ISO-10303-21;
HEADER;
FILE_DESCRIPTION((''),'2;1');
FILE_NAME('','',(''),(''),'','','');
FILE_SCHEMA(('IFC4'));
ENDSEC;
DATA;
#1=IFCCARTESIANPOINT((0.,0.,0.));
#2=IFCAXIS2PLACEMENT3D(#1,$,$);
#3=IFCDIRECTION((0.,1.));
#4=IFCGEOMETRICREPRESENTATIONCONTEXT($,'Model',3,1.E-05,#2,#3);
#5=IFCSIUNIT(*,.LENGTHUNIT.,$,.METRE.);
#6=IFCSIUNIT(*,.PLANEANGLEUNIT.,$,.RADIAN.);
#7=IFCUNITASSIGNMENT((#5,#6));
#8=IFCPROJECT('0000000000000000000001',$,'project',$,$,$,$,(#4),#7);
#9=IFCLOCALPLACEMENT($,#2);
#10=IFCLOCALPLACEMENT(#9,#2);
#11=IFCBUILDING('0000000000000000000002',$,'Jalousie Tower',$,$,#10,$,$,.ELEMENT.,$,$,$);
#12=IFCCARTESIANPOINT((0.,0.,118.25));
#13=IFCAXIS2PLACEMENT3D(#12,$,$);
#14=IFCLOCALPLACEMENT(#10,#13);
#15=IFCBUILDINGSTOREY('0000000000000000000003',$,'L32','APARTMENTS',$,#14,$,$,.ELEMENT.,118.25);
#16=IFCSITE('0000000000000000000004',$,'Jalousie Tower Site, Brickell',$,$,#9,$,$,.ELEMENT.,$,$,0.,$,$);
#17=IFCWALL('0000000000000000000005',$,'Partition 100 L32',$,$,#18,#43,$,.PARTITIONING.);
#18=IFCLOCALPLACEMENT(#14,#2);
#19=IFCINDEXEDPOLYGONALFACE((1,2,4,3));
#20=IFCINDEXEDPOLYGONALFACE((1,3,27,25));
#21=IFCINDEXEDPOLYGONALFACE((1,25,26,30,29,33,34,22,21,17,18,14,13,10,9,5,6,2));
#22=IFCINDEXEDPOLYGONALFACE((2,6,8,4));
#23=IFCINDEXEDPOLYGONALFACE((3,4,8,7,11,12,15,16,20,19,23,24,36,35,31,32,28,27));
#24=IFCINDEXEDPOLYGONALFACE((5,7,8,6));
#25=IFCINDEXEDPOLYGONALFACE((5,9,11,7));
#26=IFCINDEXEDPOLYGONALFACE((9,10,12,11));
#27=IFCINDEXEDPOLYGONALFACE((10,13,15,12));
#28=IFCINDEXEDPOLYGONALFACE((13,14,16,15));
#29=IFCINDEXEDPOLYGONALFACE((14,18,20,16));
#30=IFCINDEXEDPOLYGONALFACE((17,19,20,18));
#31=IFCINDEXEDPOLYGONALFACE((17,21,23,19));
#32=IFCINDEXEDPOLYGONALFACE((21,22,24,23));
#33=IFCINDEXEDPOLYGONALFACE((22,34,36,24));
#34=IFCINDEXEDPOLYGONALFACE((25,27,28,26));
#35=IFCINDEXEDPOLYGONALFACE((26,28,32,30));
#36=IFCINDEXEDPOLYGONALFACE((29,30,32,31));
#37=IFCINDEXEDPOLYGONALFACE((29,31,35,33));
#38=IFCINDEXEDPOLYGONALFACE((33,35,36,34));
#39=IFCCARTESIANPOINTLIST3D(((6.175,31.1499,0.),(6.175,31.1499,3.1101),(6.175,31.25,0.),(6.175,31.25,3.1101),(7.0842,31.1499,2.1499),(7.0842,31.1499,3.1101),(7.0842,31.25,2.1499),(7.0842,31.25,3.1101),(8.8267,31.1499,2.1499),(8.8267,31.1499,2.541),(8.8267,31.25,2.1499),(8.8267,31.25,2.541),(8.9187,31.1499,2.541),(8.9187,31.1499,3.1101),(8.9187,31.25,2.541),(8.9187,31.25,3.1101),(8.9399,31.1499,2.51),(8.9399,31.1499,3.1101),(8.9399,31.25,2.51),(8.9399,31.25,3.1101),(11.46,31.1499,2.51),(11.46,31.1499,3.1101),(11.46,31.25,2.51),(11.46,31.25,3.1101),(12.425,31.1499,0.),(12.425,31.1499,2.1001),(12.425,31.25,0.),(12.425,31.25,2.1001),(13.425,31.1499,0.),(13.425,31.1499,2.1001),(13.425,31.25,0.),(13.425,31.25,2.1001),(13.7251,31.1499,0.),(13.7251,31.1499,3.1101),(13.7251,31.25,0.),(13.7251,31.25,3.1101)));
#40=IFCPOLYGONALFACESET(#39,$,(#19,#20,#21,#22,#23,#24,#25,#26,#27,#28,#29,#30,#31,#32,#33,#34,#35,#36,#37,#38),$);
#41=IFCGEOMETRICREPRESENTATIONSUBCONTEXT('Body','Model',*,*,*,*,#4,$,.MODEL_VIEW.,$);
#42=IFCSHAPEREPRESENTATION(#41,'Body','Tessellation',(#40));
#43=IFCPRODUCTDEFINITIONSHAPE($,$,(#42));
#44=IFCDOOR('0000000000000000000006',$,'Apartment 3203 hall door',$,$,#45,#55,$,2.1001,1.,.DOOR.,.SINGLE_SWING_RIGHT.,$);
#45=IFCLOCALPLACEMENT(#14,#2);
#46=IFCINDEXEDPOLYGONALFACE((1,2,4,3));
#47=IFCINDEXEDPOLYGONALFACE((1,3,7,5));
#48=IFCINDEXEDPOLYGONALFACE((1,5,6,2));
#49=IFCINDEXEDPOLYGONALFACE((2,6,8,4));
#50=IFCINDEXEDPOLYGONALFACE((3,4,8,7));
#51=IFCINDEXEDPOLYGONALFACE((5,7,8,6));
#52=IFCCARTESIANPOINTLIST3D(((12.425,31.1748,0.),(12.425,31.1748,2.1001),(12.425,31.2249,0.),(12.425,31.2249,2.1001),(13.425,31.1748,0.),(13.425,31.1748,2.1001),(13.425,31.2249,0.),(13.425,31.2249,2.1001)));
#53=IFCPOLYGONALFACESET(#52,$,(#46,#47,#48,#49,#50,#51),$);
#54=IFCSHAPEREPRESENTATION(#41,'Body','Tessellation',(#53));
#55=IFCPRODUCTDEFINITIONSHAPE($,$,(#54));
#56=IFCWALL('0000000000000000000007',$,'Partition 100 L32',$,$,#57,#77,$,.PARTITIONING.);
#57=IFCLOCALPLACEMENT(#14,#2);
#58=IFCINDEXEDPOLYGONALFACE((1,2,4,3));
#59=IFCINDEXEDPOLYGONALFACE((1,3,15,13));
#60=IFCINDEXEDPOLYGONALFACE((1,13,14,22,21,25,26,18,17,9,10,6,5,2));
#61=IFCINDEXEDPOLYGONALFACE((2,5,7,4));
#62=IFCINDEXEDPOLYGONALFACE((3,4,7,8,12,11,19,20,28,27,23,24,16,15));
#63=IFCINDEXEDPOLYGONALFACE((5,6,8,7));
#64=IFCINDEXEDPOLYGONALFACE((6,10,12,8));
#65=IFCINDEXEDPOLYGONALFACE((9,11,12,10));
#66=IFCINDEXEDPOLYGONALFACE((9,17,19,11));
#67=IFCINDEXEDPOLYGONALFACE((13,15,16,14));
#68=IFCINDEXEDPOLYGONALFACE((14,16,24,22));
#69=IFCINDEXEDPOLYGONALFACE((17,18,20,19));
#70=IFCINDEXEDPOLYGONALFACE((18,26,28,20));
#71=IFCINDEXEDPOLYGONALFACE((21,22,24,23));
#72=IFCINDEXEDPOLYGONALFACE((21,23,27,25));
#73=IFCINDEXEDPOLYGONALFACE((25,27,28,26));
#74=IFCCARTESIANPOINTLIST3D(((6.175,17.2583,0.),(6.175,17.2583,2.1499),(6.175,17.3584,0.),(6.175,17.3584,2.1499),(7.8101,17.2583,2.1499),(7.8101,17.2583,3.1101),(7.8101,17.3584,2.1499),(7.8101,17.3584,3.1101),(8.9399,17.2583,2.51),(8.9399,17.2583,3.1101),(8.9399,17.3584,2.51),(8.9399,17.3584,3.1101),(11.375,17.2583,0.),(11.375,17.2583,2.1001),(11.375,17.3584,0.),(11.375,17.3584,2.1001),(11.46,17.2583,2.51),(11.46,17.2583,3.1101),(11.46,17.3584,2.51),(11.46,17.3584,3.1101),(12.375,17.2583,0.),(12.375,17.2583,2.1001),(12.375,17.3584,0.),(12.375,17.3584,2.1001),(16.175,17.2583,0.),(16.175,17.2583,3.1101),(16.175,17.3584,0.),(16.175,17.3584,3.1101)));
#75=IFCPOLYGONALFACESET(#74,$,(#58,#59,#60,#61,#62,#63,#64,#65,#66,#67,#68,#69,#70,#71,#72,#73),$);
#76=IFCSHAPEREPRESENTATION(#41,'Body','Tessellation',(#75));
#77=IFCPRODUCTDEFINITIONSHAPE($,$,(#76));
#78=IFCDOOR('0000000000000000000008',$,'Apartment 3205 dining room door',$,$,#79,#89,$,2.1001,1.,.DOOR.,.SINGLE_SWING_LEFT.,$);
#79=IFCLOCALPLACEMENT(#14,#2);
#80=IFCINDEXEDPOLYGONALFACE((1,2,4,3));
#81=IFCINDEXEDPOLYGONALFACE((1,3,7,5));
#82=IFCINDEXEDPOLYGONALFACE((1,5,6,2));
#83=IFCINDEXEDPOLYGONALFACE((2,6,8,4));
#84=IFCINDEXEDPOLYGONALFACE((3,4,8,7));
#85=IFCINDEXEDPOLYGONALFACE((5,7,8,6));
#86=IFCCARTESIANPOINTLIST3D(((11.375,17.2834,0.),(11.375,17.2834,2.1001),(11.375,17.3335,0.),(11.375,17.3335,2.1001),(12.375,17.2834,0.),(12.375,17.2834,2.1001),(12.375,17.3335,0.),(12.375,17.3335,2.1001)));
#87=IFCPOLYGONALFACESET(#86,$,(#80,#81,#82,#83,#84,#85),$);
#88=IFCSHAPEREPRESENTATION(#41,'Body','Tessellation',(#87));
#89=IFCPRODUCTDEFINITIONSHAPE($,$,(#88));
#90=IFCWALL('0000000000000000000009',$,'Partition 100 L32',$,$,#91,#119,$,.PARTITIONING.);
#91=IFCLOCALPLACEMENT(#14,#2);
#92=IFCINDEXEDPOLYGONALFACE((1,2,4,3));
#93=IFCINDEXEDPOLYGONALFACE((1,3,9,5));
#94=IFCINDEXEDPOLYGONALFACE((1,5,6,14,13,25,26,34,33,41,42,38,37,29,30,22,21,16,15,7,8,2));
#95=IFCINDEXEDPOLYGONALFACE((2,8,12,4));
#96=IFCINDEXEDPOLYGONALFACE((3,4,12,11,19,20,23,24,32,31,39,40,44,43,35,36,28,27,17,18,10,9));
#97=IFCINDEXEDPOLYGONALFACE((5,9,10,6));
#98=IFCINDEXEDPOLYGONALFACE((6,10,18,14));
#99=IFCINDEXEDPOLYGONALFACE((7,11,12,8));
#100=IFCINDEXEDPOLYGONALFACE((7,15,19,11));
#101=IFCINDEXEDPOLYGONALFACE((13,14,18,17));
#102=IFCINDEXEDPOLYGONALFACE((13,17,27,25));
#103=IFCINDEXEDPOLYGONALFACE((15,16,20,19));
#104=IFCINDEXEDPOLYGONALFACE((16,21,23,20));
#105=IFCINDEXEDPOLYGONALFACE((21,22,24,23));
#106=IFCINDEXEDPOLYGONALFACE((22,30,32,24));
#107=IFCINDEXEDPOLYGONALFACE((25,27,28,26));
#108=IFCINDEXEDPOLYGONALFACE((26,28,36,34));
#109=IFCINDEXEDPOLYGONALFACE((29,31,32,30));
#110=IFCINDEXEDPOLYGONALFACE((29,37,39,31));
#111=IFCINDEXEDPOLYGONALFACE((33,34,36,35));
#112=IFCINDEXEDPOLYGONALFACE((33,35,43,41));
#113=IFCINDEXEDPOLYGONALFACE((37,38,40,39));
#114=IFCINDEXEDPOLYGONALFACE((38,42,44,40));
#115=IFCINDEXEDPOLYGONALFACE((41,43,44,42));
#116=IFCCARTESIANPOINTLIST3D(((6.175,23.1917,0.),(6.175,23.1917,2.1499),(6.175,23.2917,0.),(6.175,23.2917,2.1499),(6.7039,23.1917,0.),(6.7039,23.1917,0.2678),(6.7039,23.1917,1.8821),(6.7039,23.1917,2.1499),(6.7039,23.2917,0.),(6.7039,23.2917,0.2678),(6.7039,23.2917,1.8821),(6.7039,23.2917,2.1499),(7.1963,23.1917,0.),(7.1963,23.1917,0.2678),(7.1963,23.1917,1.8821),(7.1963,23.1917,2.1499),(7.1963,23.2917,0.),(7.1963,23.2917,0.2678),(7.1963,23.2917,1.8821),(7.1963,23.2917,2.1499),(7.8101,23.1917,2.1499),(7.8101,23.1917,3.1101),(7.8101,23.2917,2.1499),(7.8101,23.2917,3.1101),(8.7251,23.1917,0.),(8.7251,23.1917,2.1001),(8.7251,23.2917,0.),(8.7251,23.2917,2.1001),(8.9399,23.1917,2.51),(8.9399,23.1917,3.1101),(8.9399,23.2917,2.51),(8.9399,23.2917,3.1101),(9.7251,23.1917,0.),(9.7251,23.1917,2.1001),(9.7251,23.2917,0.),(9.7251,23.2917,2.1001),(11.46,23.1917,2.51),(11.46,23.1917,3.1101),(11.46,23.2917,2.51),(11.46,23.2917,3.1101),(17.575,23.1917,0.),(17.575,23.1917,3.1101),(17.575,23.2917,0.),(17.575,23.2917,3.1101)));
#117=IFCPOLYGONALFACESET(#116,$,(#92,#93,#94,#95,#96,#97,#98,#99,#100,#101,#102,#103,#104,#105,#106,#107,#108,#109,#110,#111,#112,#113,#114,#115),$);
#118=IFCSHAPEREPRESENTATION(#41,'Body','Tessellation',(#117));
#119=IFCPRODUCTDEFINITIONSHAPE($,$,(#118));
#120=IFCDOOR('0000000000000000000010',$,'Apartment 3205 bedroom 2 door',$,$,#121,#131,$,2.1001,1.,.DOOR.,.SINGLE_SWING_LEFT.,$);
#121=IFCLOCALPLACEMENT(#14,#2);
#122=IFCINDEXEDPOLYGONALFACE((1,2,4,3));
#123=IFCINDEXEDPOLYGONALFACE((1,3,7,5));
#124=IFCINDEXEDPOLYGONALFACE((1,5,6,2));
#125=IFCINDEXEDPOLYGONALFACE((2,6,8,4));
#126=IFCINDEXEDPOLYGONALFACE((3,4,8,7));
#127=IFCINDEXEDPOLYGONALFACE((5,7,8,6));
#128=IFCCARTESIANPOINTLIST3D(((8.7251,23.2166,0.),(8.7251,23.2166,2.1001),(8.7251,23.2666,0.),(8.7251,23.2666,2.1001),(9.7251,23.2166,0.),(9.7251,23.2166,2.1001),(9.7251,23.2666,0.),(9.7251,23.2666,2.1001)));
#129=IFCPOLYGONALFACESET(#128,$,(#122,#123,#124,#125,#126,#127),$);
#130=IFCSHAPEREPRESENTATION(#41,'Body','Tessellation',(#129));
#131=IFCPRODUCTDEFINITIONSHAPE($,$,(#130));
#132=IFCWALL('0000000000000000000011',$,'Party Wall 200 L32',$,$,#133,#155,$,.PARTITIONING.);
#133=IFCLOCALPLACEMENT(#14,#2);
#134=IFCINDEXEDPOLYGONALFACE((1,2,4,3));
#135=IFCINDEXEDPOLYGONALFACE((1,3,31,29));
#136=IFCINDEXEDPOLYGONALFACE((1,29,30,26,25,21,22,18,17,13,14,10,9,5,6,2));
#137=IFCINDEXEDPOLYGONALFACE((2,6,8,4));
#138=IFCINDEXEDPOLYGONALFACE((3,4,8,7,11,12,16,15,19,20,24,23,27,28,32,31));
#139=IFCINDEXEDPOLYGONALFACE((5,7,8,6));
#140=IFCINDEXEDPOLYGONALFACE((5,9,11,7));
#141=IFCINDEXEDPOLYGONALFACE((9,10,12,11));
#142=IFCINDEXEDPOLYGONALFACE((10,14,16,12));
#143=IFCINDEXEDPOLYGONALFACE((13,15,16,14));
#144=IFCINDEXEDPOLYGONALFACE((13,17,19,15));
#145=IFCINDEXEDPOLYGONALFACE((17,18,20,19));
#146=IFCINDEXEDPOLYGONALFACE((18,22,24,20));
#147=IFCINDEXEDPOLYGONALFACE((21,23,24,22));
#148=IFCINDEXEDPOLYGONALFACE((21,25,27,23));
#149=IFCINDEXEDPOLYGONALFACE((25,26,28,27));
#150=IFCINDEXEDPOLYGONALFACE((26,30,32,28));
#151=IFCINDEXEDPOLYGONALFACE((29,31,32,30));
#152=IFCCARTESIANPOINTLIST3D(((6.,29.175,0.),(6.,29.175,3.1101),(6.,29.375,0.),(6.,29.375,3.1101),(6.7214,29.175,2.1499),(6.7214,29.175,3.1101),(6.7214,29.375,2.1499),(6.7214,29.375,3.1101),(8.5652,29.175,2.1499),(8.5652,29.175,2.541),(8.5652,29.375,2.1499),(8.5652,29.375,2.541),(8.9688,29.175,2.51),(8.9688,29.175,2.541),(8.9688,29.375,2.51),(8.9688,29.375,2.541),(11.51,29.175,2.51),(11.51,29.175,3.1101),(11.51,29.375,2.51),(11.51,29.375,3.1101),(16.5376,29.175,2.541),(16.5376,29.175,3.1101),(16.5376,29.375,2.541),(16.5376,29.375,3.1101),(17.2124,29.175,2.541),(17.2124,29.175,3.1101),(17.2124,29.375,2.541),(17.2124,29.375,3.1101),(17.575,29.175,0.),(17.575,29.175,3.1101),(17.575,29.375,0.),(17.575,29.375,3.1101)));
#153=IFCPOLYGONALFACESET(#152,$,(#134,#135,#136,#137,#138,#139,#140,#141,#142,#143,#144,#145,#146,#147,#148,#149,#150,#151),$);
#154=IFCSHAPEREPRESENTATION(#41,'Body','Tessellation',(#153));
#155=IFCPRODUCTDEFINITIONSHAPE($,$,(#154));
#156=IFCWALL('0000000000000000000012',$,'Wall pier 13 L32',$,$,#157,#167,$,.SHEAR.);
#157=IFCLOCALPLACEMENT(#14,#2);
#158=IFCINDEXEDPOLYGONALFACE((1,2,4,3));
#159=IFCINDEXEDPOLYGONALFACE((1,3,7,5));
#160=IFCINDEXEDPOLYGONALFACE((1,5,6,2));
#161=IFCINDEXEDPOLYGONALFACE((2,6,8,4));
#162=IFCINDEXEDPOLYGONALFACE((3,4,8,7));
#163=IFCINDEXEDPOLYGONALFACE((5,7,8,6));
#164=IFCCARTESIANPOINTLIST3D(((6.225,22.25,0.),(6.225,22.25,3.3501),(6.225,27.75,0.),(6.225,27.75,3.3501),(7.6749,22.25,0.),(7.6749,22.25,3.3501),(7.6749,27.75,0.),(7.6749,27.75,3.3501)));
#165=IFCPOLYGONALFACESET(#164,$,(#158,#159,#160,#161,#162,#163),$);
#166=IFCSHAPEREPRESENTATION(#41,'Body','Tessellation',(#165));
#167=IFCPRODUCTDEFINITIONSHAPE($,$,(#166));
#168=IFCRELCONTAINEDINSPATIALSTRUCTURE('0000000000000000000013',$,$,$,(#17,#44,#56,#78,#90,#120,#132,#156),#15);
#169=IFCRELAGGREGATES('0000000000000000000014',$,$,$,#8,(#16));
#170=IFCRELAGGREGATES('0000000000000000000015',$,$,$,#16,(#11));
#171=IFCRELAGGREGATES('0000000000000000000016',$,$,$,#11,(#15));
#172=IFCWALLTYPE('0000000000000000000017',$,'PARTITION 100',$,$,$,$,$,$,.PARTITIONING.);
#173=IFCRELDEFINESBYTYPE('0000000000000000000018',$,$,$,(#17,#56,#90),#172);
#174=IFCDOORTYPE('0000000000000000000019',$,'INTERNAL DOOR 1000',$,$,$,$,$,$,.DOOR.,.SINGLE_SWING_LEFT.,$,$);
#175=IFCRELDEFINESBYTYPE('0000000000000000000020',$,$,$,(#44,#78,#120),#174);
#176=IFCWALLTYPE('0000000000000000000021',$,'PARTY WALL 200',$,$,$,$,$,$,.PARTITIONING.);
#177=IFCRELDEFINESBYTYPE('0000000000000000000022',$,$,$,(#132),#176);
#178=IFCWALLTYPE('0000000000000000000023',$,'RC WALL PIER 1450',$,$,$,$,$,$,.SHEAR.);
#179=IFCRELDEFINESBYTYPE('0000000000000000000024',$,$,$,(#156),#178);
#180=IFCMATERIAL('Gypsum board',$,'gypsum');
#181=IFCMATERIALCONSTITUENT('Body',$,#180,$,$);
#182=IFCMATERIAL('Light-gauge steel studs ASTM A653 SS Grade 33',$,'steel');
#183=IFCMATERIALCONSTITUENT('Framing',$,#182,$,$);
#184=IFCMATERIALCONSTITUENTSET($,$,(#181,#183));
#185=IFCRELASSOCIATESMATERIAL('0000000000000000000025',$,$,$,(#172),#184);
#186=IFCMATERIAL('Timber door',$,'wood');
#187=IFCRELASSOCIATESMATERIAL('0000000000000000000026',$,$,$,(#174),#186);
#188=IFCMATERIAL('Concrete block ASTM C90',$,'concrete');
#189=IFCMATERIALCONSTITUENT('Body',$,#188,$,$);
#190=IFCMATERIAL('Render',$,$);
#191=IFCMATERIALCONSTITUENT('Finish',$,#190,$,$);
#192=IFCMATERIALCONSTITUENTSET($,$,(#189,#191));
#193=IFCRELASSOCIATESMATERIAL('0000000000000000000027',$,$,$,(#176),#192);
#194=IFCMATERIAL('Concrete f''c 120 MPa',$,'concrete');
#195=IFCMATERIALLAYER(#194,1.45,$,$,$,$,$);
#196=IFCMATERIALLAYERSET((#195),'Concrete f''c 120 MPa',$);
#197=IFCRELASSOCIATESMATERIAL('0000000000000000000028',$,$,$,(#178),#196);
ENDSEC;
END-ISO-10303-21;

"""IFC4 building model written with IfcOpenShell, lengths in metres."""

from ifc_helpers import new_model, si_unit, direction, frame, frame_2d, origin, place, context, subcontext, project, spatial, polyline, rectangle, outline, extrude, material, layer, layer_set, constituent, constituent_set, type_object, element, fill, save


model = new_model("IFC4")

# Units and contexts
model_context = context("Model", 3, precision=1e-05, world=origin(), true_north=direction((0.0, 1.0)))
body_context = subcontext(model_context, "Body", "Model", "MODEL_VIEW")
ifc_project = project(units=[si_unit("LENGTHUNIT", "METRE"), si_unit("PLANEANGLEUNIT", "RADIAN")], contexts=[model_context])

# Site, building, storey
site_placement = place(None, origin())
site = spatial("IfcSite", under=ifc_project, at=site_placement, Name="Jalousie Tower Site, Brickell", CompositionType="ELEMENT", RefElevation=0.0)
building_placement = place(site_placement, origin())
building = spatial("IfcBuilding", under=site, at=building_placement, Name="Jalousie Tower", CompositionType="ELEMENT")
storey_placement = place(building_placement, frame((0.0, 0.0, 118.25)))
storey = spatial("IfcBuildingStorey", under=building, at=storey_placement, Name="L32", Description="APARTMENTS", CompositionType="ELEMENT", Elevation=118.25)

# Walls, openings, doors
ifc_material_1 = material(Name="Gypsum board", Category="gypsum")
ifc_constituent_1 = constituent(ifc_material_1, Name="Body")
ifc_material_2 = material(Name="Light-gauge steel studs ASTM A653 SS Grade 33", Category="steel")
ifc_constituent_2 = constituent(ifc_material_2, Name="Framing")
ifc_constituent_set_1 = constituent_set(constituents=[ifc_constituent_1, ifc_constituent_2])
wall_type_1 = type_object("IfcWallType", Name="PARTITION 100", PredefinedType="PARTITIONING", material=ifc_constituent_set_1)
wall_1_placement = place(storey_placement, frame((6.175, 31.2, 0.0), z_axis=(0.0, 0.0, 1.0), x_axis=(1.0, 0.0, 0.0)))
wall_1 = element("IfcWall", 1, at=wall_1_placement, inside=storey, type_object=wall_type_1, Name="Partition 100 L32", PredefinedType="PARTITIONING", context=body_context, shape_type="SweptSolid", body=[
    extrude(outline(polyline([(0.0, 0.0), (7.55, 0.0), (7.55, 3.1101), (5.2849, 3.1101), (5.2849, 2.51), (2.7649, 2.51), (2.7649, 3.1101), (2.7437, 3.1101), (2.7437, 2.541), (2.6516, 2.541), (2.6516, 2.1499), (0.9092, 2.1499), (0.9092, 3.1101), (0.0, 3.1101), (0.0, 0.0)])), frame((0.0, 0.05, 0.0), z_axis=(0.0, -1.0, 0.0), x_axis=(1.0, 0.0, 0.0)), (0.0, 0.0, 1.0), 0.1001),
])
opening_1_placement = place(wall_1_placement, frame((6.25, 0.0, 0.0)))
opening_1 = element("IfcOpeningElement", 2, at=opening_1_placement, cuts=wall_1, PredefinedType="OPENING", context=body_context, shape_type="SweptSolid", body=[
    extrude(rectangle(XDim=1.0, YDim=2.1001, at=frame_2d((0.5, 1.05))), frame((0.0, 0.0601, 0.0), z_axis=(0.0, -1.0, 0.0), x_axis=(1.0, 0.0, 0.0)), (0.0, 0.0, 1.0), 0.1201),
])
ifc_material_3 = material(Name="Timber door", Category="wood")
door_type = type_object("IfcDoorType", Name="INTERNAL DOOR 1000", OperationType="SINGLE_SWING_LEFT", PredefinedType="DOOR", material=ifc_material_3)
door_1_placement = place(opening_1_placement, origin())
door_1 = element("IfcDoor", 3, at=door_1_placement, inside=storey, type_object=door_type, Name="Apartment 3203 hall door", OperationType="SINGLE_SWING_RIGHT", OverallHeight=2.1001, OverallWidth=1.0, PredefinedType="DOOR", context=body_context, shape_type="SweptSolid", body=[
    extrude(rectangle(XDim=1.0, YDim=2.1001, at=frame_2d((0.5, 1.05))), frame((0.0, 0.0249, 0.0), z_axis=(0.0, -1.0, 0.0), x_axis=(1.0, 0.0, 0.0)), (0.0, 0.0, 1.0), 0.05),
])
fill(opening_1, door_1)
wall_2_placement = place(storey_placement, frame((6.175, 17.3083, 0.0), z_axis=(0.0, 0.0, 1.0), x_axis=(1.0, 0.0, 0.0)))
wall_2 = element("IfcWall", 4, at=wall_2_placement, inside=storey, type_object=wall_type_1, Name="Partition 100 L32", PredefinedType="PARTITIONING", context=body_context, shape_type="SweptSolid", body=[
    extrude(outline(polyline([(0.0, 0.0), (10.0, 0.0), (10.0, 3.1101), (5.2849, 3.1101), (5.2849, 2.51), (2.7649, 2.51), (2.7649, 3.1101), (1.635, 3.1101), (1.635, 2.1499), (0.0, 2.1499), (0.0, 3.1101), (0.0, 0.0)])), frame((0.0, 0.05, 0.0), z_axis=(0.0, -1.0, 0.0), x_axis=(1.0, 0.0, 0.0)), (0.0, 0.0, 1.0), 0.1001),
])
opening_2_placement = place(wall_2_placement, frame((5.2, 0.0, 0.0)))
opening_2 = element("IfcOpeningElement", 5, at=opening_2_placement, cuts=wall_2, PredefinedType="OPENING", context=body_context, shape_type="SweptSolid", body=[
    extrude(rectangle(XDim=1.0, YDim=2.1001, at=frame_2d((0.5, 1.05))), frame((0.0, 0.0601, 0.0), z_axis=(0.0, -1.0, 0.0), x_axis=(1.0, 0.0, 0.0)), (0.0, 0.0, 1.0), 0.1201),
])
door_2_placement = place(opening_2_placement, frame((1.0, 0.0, 0.0), z_axis=(0.0, 0.0, 1.0), x_axis=(-1.0, 0.0, 0.0)))
door_2 = element("IfcDoor", 6, at=door_2_placement, inside=storey, type_object=door_type, Name="Apartment 3205 dining room door", OperationType="SINGLE_SWING_LEFT", OverallHeight=2.1001, OverallWidth=1.0, PredefinedType="DOOR", context=body_context, shape_type="SweptSolid", body=[
    extrude(rectangle(XDim=1.0, YDim=2.1001, at=frame_2d((0.5, 1.05))), frame((0.0, 0.0249, 0.0), z_axis=(0.0, -1.0, 0.0), x_axis=(1.0, 0.0, 0.0)), (0.0, 0.0, 1.0), 0.05),
])
fill(opening_2, door_2)
wall_3_placement = place(storey_placement, frame((6.175, 23.2417, 0.0), z_axis=(0.0, 0.0, 1.0), x_axis=(1.0, 0.0, 0.0)))
wall_3 = element("IfcWall", 7, at=wall_3_placement, inside=storey, type_object=wall_type_1, Name="Partition 100 L32", PredefinedType="PARTITIONING", context=body_context, shape_type="SweptSolid", body=[
    extrude(outline(polyline([(0.5288, 2.1499), (0.0, 2.1499), (0.0, 0.0), (0.5288, 0.0), (0.5288, 0.2678), (1.0212, 0.2678), (1.0212, 0.0), (11.3999, 0.0), (11.3999, 3.1101), (5.2849, 3.1101), (5.2849, 2.51), (2.7649, 2.51), (2.7649, 3.1101), (1.635, 3.1101), (1.635, 2.1499), (1.0212, 2.1499), (1.0212, 1.8821), (0.5288, 1.8821), (0.5288, 2.1499)])), frame((0.0, 0.05, 0.0), z_axis=(0.0, -1.0, 0.0), x_axis=(1.0, 0.0, 0.0)), (0.0, 0.0, 1.0), 0.1001),
])
opening_3_placement = place(wall_3_placement, frame((2.55, 0.0, 0.0)))
opening_3 = element("IfcOpeningElement", 8, at=opening_3_placement, cuts=wall_3, PredefinedType="OPENING", context=body_context, shape_type="SweptSolid", body=[
    extrude(rectangle(XDim=1.0, YDim=2.1001, at=frame_2d((0.5, 1.05))), frame((0.0, 0.0601, 0.0), z_axis=(0.0, -1.0, 0.0), x_axis=(1.0, 0.0, 0.0)), (0.0, 0.0, 1.0), 0.1201),
])
door_3_placement = place(opening_3_placement, origin())
door_3 = element("IfcDoor", 9, at=door_3_placement, inside=storey, type_object=door_type, Name="Apartment 3205 bedroom 2 door", OperationType="SINGLE_SWING_LEFT", OverallHeight=2.1001, OverallWidth=1.0, PredefinedType="DOOR", context=body_context, shape_type="SweptSolid", body=[
    extrude(rectangle(XDim=1.0, YDim=2.1001, at=frame_2d((0.5, 1.05))), frame((0.0, 0.0249, 0.0), z_axis=(0.0, -1.0, 0.0), x_axis=(1.0, 0.0, 0.0)), (0.0, 0.0, 1.0), 0.05),
])
fill(opening_3, door_3)

# Walls
ifc_material_4 = material(Name="Concrete block ASTM C90", Category="concrete")
ifc_constituent_3 = constituent(ifc_material_4, Name="Body")
ifc_material_5 = material(Name="Render")
ifc_constituent_4 = constituent(ifc_material_5, Name="Finish")
ifc_constituent_set_2 = constituent_set(constituents=[ifc_constituent_3, ifc_constituent_4])
wall_type_2 = type_object("IfcWallType", Name="PARTY WALL 200", PredefinedType="PARTITIONING", material=ifc_constituent_set_2)
wall_4_placement = place(storey_placement, frame((6.0, 29.2749, 0.0), z_axis=(0.0, 0.0, 1.0), x_axis=(1.0, 0.0, 0.0)))
element("IfcWall", 10, at=wall_4_placement, inside=storey, type_object=wall_type_2, Name="Party Wall 200 L32", PredefinedType="PARTITIONING", context=body_context, shape_type="SweptSolid", body=[
    extrude(outline(polyline([(0.0, 0.0), (11.575, 0.0), (11.575, 3.1101), (11.2124, 3.1101), (11.2124, 2.541), (10.5376, 2.541), (10.5376, 3.1101), (5.51, 3.1101), (5.51, 2.51), (2.9688, 2.51), (2.9688, 2.541), (2.5652, 2.541), (2.5652, 2.1499), (0.7214, 2.1499), (0.7214, 3.1101), (0.0, 3.1101), (0.0, 0.0)])), frame((0.0, 0.1001, 0.0), z_axis=(0.0, -1.0, 0.0), x_axis=(1.0, 0.0, 0.0)), (0.0, 0.0, 1.0), 0.2),
])
ifc_material_6 = material(Name="Concrete f'c 120 MPa", Category="concrete")
ifc_layer_1 = layer(ifc_material_6, 1.45)
ifc_layer_set_1 = layer_set([ifc_layer_1], Name="Concrete f'c 120 MPa")
wall_type_3 = type_object("IfcWallType", Name="RC WALL PIER 1450", PredefinedType="SHEAR", material=ifc_layer_set_1)
wall_5_placement = place(storey_placement, frame((6.95, 22.25, 0.0), z_axis=(0.0, 0.0, 1.0), x_axis=(0.0, 1.0, 0.0)))
element("IfcWall", 11, at=wall_5_placement, inside=storey, type_object=wall_type_3, Name="Wall pier 13 L32", PredefinedType="SHEAR", context=body_context, shape_type="SweptSolid", body=[
    extrude(rectangle(XDim=5.5, YDim=1.45, at=frame_2d((2.75, 0.0))), origin(), (0.0, 0.0, 1.0), 3.3501),
])

save(model, "model.ifc")
